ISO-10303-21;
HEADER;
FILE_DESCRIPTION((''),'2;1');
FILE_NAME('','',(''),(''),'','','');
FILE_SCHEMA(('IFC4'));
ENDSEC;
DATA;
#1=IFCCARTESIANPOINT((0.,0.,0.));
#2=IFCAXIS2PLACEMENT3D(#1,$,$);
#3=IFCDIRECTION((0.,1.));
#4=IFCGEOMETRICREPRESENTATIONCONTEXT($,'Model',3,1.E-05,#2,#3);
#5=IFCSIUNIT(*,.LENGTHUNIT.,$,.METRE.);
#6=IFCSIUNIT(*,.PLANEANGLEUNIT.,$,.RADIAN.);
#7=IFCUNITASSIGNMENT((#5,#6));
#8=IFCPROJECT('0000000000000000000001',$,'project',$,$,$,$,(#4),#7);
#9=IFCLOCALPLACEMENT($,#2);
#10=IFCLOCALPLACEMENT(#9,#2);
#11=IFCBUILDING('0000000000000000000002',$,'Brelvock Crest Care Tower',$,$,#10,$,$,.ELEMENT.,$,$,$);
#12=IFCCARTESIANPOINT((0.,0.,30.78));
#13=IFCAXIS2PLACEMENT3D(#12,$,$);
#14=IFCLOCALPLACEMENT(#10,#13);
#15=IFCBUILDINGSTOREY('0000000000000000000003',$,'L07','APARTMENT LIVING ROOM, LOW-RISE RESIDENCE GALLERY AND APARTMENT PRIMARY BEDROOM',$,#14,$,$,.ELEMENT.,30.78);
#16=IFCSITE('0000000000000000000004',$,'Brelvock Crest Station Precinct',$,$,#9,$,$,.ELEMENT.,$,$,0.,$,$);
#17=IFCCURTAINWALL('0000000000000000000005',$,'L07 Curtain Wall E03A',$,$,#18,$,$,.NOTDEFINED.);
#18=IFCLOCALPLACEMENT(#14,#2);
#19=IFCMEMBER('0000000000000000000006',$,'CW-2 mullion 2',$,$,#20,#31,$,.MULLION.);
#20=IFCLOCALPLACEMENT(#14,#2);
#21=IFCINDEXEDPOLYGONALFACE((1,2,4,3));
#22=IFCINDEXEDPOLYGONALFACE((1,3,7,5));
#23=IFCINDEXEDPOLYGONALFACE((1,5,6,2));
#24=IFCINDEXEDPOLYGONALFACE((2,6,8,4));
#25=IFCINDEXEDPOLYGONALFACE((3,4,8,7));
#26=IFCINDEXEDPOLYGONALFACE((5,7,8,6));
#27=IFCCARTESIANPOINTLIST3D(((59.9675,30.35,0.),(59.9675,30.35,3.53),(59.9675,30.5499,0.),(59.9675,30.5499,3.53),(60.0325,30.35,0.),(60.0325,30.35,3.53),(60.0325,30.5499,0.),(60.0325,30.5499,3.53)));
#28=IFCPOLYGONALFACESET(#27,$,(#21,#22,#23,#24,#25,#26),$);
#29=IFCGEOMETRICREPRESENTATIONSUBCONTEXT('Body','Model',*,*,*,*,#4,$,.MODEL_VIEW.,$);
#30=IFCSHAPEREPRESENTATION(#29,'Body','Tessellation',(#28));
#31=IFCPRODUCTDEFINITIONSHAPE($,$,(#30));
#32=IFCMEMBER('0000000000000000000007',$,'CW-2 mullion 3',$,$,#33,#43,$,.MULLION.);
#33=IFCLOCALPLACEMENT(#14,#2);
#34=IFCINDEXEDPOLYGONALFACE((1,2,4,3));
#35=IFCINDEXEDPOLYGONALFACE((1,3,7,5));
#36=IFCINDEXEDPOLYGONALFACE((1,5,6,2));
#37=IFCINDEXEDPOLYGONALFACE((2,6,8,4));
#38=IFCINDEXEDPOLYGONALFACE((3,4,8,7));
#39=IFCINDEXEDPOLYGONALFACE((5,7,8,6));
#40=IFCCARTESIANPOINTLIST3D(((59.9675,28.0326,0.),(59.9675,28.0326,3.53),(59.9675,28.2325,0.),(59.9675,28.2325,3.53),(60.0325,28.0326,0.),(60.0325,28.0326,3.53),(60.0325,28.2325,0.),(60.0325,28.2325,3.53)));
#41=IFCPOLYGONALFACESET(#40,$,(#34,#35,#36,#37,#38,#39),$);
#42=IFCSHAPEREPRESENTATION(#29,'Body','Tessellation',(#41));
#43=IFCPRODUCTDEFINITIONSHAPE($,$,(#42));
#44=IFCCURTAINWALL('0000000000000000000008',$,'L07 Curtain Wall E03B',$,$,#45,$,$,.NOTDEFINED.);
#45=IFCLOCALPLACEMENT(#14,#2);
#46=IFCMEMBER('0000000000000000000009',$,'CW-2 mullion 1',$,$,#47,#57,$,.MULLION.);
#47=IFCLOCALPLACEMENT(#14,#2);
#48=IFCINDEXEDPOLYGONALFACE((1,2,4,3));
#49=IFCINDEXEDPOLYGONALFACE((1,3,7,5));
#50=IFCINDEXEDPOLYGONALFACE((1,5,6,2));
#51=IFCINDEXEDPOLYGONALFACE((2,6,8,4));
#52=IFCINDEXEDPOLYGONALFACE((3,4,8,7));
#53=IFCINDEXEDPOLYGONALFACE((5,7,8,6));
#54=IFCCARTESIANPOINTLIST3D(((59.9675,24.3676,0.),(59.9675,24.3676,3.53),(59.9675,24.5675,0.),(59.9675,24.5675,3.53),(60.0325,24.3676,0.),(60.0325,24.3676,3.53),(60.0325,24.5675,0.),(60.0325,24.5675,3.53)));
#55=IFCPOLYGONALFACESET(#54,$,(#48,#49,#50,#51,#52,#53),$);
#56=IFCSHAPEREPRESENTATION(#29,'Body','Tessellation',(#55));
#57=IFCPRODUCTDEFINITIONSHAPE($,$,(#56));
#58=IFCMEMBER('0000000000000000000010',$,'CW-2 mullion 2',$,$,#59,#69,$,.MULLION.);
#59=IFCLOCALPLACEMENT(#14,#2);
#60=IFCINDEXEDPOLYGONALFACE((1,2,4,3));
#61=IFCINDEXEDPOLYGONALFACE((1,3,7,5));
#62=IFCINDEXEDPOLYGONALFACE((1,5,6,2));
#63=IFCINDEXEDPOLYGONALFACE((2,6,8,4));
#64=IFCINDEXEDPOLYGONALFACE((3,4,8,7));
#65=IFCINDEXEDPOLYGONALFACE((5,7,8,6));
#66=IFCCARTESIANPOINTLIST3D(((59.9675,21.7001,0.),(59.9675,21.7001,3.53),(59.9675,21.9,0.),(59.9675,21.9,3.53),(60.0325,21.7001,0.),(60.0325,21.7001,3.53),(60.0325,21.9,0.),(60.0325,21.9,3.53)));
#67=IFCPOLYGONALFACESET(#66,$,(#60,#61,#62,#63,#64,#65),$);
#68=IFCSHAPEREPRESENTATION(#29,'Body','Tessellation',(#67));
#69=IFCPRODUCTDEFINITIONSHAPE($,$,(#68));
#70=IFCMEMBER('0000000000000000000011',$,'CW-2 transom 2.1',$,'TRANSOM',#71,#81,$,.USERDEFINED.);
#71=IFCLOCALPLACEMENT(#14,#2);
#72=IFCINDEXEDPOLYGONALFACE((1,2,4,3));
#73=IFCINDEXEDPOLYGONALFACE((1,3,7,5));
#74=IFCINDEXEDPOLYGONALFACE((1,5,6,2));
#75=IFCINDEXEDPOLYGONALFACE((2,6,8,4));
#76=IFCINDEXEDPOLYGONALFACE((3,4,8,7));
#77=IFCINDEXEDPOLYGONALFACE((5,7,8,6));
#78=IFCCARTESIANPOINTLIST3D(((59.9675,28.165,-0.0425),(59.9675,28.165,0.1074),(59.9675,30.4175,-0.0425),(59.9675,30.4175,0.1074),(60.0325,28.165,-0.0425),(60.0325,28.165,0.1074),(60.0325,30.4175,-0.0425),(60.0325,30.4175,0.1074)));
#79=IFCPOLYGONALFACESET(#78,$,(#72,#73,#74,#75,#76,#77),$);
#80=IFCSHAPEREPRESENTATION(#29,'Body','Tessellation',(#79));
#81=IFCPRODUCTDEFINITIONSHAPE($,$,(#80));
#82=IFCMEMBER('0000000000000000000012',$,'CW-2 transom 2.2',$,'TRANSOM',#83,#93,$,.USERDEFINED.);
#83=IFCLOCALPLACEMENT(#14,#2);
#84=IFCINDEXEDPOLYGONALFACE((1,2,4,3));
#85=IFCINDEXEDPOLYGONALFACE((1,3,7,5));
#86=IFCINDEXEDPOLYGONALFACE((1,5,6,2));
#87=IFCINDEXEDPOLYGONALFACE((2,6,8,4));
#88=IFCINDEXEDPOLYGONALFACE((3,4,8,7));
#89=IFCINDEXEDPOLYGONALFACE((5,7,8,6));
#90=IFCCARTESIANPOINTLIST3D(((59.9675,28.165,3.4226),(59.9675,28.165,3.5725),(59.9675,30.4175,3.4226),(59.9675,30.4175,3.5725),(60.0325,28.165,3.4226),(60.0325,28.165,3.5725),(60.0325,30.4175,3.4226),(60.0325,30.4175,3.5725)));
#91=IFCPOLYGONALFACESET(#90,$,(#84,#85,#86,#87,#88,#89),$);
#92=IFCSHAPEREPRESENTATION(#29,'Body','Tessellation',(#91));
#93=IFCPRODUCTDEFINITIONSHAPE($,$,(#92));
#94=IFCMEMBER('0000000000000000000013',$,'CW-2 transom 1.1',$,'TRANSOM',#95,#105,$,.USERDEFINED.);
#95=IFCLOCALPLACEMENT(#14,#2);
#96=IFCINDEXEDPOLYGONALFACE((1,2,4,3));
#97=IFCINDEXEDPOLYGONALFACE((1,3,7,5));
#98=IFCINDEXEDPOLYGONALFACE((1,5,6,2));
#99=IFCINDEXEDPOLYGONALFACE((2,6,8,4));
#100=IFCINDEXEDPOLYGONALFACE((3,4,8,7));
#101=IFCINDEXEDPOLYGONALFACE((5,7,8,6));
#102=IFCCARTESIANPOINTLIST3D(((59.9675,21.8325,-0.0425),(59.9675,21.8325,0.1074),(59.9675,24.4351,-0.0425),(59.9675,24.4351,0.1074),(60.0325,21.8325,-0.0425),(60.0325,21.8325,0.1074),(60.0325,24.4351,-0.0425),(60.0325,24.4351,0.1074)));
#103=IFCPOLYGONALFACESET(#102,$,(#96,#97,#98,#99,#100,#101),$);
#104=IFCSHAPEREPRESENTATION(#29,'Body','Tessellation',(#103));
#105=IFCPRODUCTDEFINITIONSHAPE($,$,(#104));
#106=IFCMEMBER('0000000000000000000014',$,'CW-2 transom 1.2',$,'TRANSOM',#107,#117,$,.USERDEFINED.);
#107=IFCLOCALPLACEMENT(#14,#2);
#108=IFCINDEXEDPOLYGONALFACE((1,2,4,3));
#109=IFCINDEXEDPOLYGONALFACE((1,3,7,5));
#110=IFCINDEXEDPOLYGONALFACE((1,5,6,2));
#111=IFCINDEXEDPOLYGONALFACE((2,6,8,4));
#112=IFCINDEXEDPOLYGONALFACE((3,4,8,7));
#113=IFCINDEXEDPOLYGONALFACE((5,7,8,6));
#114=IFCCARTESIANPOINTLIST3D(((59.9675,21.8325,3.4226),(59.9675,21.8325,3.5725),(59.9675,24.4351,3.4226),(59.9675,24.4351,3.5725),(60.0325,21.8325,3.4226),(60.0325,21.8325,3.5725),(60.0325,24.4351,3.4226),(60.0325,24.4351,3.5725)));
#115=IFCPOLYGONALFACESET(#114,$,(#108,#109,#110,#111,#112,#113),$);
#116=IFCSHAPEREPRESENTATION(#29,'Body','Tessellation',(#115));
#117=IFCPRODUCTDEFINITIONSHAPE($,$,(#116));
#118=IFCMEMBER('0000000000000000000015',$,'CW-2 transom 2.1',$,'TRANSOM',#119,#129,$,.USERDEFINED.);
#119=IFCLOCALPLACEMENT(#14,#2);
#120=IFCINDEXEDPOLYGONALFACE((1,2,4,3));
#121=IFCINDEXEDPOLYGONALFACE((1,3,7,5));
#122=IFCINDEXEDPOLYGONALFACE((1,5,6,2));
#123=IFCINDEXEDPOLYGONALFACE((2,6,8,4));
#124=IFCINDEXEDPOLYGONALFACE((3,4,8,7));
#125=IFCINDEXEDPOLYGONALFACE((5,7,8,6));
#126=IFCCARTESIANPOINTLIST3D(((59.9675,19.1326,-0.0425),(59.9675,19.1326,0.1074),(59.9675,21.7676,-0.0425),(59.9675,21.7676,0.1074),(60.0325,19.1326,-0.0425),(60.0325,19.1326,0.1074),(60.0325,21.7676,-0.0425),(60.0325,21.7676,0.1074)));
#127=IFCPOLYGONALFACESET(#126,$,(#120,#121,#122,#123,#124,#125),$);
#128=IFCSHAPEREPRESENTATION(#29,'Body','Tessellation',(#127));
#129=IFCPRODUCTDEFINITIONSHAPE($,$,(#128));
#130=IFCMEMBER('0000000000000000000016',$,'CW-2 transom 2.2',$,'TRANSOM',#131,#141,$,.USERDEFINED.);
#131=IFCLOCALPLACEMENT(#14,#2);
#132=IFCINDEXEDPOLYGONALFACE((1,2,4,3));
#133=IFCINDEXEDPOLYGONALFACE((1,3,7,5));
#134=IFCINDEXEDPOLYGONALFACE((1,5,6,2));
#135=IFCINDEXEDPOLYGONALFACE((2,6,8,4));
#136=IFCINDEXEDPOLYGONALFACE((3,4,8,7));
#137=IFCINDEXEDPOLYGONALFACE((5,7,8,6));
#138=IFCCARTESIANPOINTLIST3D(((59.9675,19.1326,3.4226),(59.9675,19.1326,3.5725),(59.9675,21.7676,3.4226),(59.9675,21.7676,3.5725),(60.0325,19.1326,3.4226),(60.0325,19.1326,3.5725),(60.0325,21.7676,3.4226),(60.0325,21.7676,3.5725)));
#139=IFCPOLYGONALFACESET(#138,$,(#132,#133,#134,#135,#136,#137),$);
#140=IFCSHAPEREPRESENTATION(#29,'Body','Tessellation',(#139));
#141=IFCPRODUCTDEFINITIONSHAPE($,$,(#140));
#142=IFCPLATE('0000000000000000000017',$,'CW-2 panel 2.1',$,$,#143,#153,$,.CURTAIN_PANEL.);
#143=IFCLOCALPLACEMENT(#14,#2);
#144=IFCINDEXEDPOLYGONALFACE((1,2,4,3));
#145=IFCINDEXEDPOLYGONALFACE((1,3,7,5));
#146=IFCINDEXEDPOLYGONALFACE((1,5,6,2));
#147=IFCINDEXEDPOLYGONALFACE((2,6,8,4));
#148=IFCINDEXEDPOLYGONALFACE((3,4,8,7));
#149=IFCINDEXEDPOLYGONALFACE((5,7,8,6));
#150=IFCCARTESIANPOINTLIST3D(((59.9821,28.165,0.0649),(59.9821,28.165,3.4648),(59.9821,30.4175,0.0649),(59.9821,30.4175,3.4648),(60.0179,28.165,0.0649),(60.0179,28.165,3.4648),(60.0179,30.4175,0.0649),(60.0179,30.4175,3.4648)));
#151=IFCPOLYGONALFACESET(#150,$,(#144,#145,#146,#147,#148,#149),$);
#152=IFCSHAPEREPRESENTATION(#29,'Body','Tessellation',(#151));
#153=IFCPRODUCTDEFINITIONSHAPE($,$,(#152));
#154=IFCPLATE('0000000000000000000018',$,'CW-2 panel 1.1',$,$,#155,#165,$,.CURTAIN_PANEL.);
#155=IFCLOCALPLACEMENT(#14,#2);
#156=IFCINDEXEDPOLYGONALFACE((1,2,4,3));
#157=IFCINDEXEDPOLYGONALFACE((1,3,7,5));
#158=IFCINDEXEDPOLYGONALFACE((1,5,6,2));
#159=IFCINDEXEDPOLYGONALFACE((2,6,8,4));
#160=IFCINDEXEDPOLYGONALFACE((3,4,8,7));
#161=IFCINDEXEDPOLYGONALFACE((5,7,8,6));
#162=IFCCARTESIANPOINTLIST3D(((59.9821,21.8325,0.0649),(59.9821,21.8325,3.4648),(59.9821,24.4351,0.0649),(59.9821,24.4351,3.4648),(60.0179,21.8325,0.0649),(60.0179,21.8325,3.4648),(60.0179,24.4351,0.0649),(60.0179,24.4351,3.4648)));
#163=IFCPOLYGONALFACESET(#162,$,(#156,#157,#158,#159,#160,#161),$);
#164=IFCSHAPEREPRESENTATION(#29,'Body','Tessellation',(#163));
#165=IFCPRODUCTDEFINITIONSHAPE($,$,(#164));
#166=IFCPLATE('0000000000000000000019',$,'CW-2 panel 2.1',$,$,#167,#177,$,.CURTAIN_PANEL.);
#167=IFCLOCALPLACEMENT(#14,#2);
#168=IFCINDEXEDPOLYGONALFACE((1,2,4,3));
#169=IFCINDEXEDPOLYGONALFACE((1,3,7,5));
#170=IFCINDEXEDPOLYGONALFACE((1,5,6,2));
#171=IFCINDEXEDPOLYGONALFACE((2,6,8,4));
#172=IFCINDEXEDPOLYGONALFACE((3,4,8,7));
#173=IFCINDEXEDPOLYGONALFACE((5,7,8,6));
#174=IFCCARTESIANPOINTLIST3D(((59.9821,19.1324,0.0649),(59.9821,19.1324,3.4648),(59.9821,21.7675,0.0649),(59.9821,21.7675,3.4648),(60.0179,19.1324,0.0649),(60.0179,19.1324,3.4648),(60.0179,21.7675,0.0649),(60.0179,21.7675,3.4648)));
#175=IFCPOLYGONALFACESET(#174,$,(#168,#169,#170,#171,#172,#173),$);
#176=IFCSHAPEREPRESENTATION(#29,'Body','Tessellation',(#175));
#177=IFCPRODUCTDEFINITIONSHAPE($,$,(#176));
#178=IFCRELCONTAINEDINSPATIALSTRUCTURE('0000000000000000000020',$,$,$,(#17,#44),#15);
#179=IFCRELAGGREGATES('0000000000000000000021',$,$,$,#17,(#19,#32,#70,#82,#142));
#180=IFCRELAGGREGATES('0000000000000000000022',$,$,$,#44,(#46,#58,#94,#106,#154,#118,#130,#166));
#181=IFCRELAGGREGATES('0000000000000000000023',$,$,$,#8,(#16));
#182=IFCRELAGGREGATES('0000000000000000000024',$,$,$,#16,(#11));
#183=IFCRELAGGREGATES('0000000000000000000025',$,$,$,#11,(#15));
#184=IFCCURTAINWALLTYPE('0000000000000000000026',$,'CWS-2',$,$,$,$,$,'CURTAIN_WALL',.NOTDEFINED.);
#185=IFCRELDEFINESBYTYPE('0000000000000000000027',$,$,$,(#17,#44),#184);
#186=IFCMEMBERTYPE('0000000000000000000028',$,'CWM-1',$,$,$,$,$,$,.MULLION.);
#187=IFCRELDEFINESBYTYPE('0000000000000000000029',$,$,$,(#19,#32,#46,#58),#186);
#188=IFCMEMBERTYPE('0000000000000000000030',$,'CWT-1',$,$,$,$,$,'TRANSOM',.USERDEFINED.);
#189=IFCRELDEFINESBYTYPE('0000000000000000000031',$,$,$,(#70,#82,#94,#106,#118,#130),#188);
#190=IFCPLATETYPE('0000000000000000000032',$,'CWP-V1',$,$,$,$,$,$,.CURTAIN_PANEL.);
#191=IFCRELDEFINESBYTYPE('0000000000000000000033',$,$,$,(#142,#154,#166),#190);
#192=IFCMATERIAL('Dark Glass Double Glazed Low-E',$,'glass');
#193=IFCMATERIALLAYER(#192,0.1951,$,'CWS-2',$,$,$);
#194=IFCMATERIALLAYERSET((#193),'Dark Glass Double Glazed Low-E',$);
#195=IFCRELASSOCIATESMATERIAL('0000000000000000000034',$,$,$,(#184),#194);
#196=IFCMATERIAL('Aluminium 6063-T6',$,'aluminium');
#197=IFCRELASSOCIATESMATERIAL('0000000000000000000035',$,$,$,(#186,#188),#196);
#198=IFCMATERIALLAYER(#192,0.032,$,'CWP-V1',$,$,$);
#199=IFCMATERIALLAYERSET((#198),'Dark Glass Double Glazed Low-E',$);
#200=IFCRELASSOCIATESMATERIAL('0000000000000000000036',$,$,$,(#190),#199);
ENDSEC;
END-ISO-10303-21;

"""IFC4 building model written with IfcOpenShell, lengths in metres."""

from ifc_helpers import new_model, si_unit, direction, frame, origin, origin_2d, place, context, subcontext, project, spatial, rectangle, extrude, source, transform, mapped, material, layer, layer_set, material_profile, profile_set, type_object, element, aggregate, save


model = new_model("IFC4")

# Units and contexts
model_context = context("Model", 3, precision=1e-05, world=origin(), true_north=direction((0.0, 1.0)))
body_context = subcontext(model_context, "Body", "Model", "MODEL_VIEW")
ifc_project = project(units=[si_unit("LENGTHUNIT", "METRE"), si_unit("PLANEANGLEUNIT", "RADIAN")], contexts=[model_context])

# Site, building, storey
site_placement = place(None, origin())
site = spatial("IfcSite", under=ifc_project, at=site_placement, Name="Brelvock Crest Station Precinct", CompositionType="ELEMENT", RefElevation=0.0)
building_placement = place(site_placement, origin())
building = spatial("IfcBuilding", under=site, at=building_placement, Name="Brelvock Crest Care Tower", CompositionType="ELEMENT")
storey_placement = place(building_placement, frame((0.0, 0.0, 30.78)))
storey = spatial("IfcBuildingStorey", under=building, at=storey_placement, Name="L07", Description="APARTMENT LIVING ROOM, LOW-RISE RESIDENCE GALLERY AND APARTMENT PRIMARY BEDROOM", CompositionType="ELEMENT", Elevation=30.78)

# Curtain walls, members
ifc_material_1 = material(Name="Dark Glass Double Glazed Low-E", Category="glass")
ifc_layer_1 = layer(ifc_material_1, 0.1951, Name="CWS-2")
ifc_layer_set_1 = layer_set([ifc_layer_1], Name="Dark Glass Double Glazed Low-E")
curtain_wall_type = type_object("IfcCurtainWallType", Name="CWS-2", ElementType="CURTAIN_WALL", PredefinedType="NOTDEFINED", material=ifc_layer_set_1)
curtain_wall_1_placement = place(storey_placement, origin())
curtain_wall_1 = element("IfcCurtainWall", 1, at=curtain_wall_1_placement, inside=storey, type_object=curtain_wall_type, Name="L07 Curtain Wall E03A", PredefinedType="NOTDEFINED")
ifc_material_2 = material(Name="Aluminium 6063-T6", Category="aluminium")
ifc_material_profile_1 = material_profile(ifc_material_2, rectangle(XDim=0.0649, YDim=0.2, at=origin_2d()), Name="ALU65x200")
ifc_profile_set_1 = profile_set([ifc_material_profile_1], Name="Aluminium 6063-T6")
member_type_1 = type_object("IfcMemberType", Name="CWM-1", PredefinedType="MULLION", material=ifc_profile_set_1)
shared_shape_1 = source(origin(), body_context, "Body", "SweptSolid", [
    extrude(rectangle(XDim=0.0649, YDim=0.2, at=origin_2d()), origin(), (0.0, 0.0, 1.0), 3.53),
])
member_1_placement = place(storey_placement, frame((60.0, 30.45, 0.0), z_axis=(0.0, 0.0, 1.0), x_axis=(1.0, 0.0, 0.0)))
member_1 = element("IfcMember", 2, at=member_1_placement, type_object=member_type_1, Name="CW-2 mullion 2", PredefinedType="MULLION", context=body_context, shape_type="MappedRepresentation", body=[
    mapped(shared_shape_1, transform((0.0, 0.0, 0.0), x_axis=(1.0, 0.0, 0.0), y_axis=(0.0, 1.0, 0.0), z_axis=(0.0, 0.0, 1.0), scale=1.0)),
])
member_2_placement = place(storey_placement, frame((60.0, 28.1326, 0.0), z_axis=(0.0, 0.0, 1.0), x_axis=(1.0, 0.0, 0.0)))
member_2 = element("IfcMember", 3, at=member_2_placement, type_object=member_type_1, Name="CW-2 mullion 3", PredefinedType="MULLION", context=body_context, shape_type="MappedRepresentation", body=[
    mapped(shared_shape_1, transform((0.0, 0.0, 0.0), x_axis=(1.0, 0.0, 0.0), y_axis=(0.0, 1.0, 0.0), z_axis=(0.0, 0.0, 1.0), scale=1.0)),
])
curtain_wall_2_placement = place(storey_placement, origin())
curtain_wall_2 = element("IfcCurtainWall", 4, at=curtain_wall_2_placement, inside=storey, type_object=curtain_wall_type, Name="L07 Curtain Wall E03B", PredefinedType="NOTDEFINED")
member_3_placement = place(storey_placement, frame((60.0, 24.4675, 0.0), z_axis=(0.0, 0.0, 1.0), x_axis=(1.0, 0.0, 0.0)))
member_3 = element("IfcMember", 5, at=member_3_placement, type_object=member_type_1, Name="CW-2 mullion 1", PredefinedType="MULLION", context=body_context, shape_type="MappedRepresentation", body=[
    mapped(shared_shape_1, transform((0.0, 0.0, 0.0), x_axis=(1.0, 0.0, 0.0), y_axis=(0.0, 1.0, 0.0), z_axis=(0.0, 0.0, 1.0), scale=1.0)),
])
member_4_placement = place(storey_placement, frame((60.0, 21.8, 0.0), z_axis=(0.0, 0.0, 1.0), x_axis=(1.0, 0.0, 0.0)))
member_4 = element("IfcMember", 6, at=member_4_placement, type_object=member_type_1, Name="CW-2 mullion 2", PredefinedType="MULLION", context=body_context, shape_type="MappedRepresentation", body=[
    mapped(shared_shape_1, transform((0.0, 0.0, 0.0), x_axis=(1.0, 0.0, 0.0), y_axis=(0.0, 1.0, 0.0), z_axis=(0.0, 0.0, 1.0), scale=1.0)),
])

# Members
ifc_material_profile_2 = material_profile(ifc_material_2, rectangle(XDim=0.0649, YDim=0.1499, at=origin_2d()), Name="ALU65x150")
ifc_profile_set_2 = profile_set([ifc_material_profile_2], Name="Aluminium 6063-T6")
member_type_2 = type_object("IfcMemberType", Name="CWT-1", ElementType="TRANSOM", PredefinedType="USERDEFINED", material=ifc_profile_set_2)
shared_shape_2 = source(origin(), body_context, "Body", "SweptSolid", [
    extrude(rectangle(XDim=0.0649, YDim=0.1499, at=origin_2d()), origin(), (0.0, 0.0, 1.0), 2.2524),
])
member_5_placement = place(storey_placement, frame((60.0, 30.4175, 0.0325), z_axis=(0.0, -1.0, 0.0), x_axis=(1.0, 0.0, 0.0)))
member_5 = element("IfcMember", 7, at=member_5_placement, type_object=member_type_2, Name="CW-2 transom 2.1", ObjectType="TRANSOM", PredefinedType="USERDEFINED", context=body_context, shape_type="MappedRepresentation", body=[
    mapped(shared_shape_2, transform((0.0, 0.0, 0.0), x_axis=(1.0, 0.0, 0.0), y_axis=(0.0, 1.0, 0.0), z_axis=(0.0, 0.0, 1.0), scale=1.0)),
])
member_6_placement = place(storey_placement, frame((60.0, 30.4175, 3.4976), z_axis=(0.0, -1.0, 0.0), x_axis=(1.0, 0.0, 0.0)))
member_6 = element("IfcMember", 8, at=member_6_placement, type_object=member_type_2, Name="CW-2 transom 2.2", ObjectType="TRANSOM", PredefinedType="USERDEFINED", context=body_context, shape_type="MappedRepresentation", body=[
    mapped(shared_shape_2, transform((0.0, 0.0, 0.0), x_axis=(1.0, 0.0, 0.0), y_axis=(0.0, 1.0, 0.0), z_axis=(0.0, 0.0, 1.0), scale=1.0)),
])
shared_shape_3 = source(origin(), body_context, "Body", "SweptSolid", [
    extrude(rectangle(XDim=0.0649, YDim=0.1499, at=origin_2d()), origin(), (0.0, 0.0, 1.0), 2.6025),
])
member_7_placement = place(storey_placement, frame((60.0, 24.4351, 0.0325), z_axis=(0.0, -1.0, 0.0), x_axis=(1.0, 0.0, 0.0)))
member_7 = element("IfcMember", 9, at=member_7_placement, type_object=member_type_2, Name="CW-2 transom 1.1", ObjectType="TRANSOM", PredefinedType="USERDEFINED", context=body_context, shape_type="MappedRepresentation", body=[
    mapped(shared_shape_3, transform((0.0, 0.0, 0.0), x_axis=(1.0, 0.0, 0.0), y_axis=(0.0, 1.0, 0.0), z_axis=(0.0, 0.0, 1.0), scale=1.0)),
])
member_8_placement = place(storey_placement, frame((60.0, 24.4351, 3.4976), z_axis=(0.0, -1.0, 0.0), x_axis=(1.0, 0.0, 0.0)))
member_8 = element("IfcMember", 10, at=member_8_placement, type_object=member_type_2, Name="CW-2 transom 1.2", ObjectType="TRANSOM", PredefinedType="USERDEFINED", context=body_context, shape_type="MappedRepresentation", body=[
    mapped(shared_shape_3, transform((0.0, 0.0, 0.0), x_axis=(1.0, 0.0, 0.0), y_axis=(0.0, 1.0, 0.0), z_axis=(0.0, 0.0, 1.0), scale=1.0)),
])
shared_shape_4 = source(origin(), body_context, "Body", "SweptSolid", [
    extrude(rectangle(XDim=0.0649, YDim=0.1499, at=origin_2d()), origin(), (0.0, 0.0, 1.0), 2.635),
])
member_9_placement = place(storey_placement, frame((60.0, 21.7676, 0.0325), z_axis=(0.0, -1.0, 0.0), x_axis=(1.0, 0.0, 0.0)))
member_9 = element("IfcMember", 11, at=member_9_placement, type_object=member_type_2, Name="CW-2 transom 2.1", ObjectType="TRANSOM", PredefinedType="USERDEFINED", context=body_context, shape_type="MappedRepresentation", body=[
    mapped(shared_shape_4, transform((0.0, 0.0, 0.0), x_axis=(1.0, 0.0, 0.0), y_axis=(0.0, 1.0, 0.0), z_axis=(0.0, 0.0, 1.0), scale=1.0)),
])
member_10_placement = place(storey_placement, frame((60.0, 21.7676, 3.4976), z_axis=(0.0, -1.0, 0.0), x_axis=(1.0, 0.0, 0.0)))
member_10 = element("IfcMember", 12, at=member_10_placement, type_object=member_type_2, Name="CW-2 transom 2.2", ObjectType="TRANSOM", PredefinedType="USERDEFINED", context=body_context, shape_type="MappedRepresentation", body=[
    mapped(shared_shape_4, transform((0.0, 0.0, 0.0), x_axis=(1.0, 0.0, 0.0), y_axis=(0.0, 1.0, 0.0), z_axis=(0.0, 0.0, 1.0), scale=1.0)),
])

# Plates
ifc_layer_2 = layer(ifc_material_1, 0.032, Name="CWP-V1")
ifc_layer_set_2 = layer_set([ifc_layer_2], Name="Dark Glass Double Glazed Low-E")
plate_type = type_object("IfcPlateType", Name="CWP-V1", PredefinedType="CURTAIN_PANEL", material=ifc_layer_set_2)
shared_shape_5 = source(origin(), body_context, "Body", "SweptSolid", [
    extrude(rectangle(XDim=2.2524, YDim=0.0359, at=origin_2d()), origin(), (0.0, 0.0, 1.0), 3.3999),
])
plate_1_placement = place(storey_placement, frame((60.0, 29.2913, 0.0649), z_axis=(0.0, 0.0, 1.0), x_axis=(0.0, -1.0, 0.0)))
plate_1 = element("IfcPlate", 13, at=plate_1_placement, type_object=plate_type, Name="CW-2 panel 2.1", PredefinedType="CURTAIN_PANEL", context=body_context, shape_type="MappedRepresentation", body=[
    mapped(shared_shape_5, transform((0.0, 0.0, 0.0), x_axis=(1.0, 0.0, 0.0), y_axis=(0.0, 1.0, 0.0), z_axis=(0.0, 0.0, 1.0), scale=1.0)),
])
aggregate(curtain_wall_1, [member_1, member_2, member_5, member_6, plate_1])
shared_shape_6 = source(origin(), body_context, "Body", "SweptSolid", [
    extrude(rectangle(XDim=2.6025, YDim=0.0359, at=origin_2d()), origin(), (0.0, 0.0, 1.0), 3.3999),
])
plate_2_placement = place(storey_placement, frame((60.0, 23.1338, 0.0649), z_axis=(0.0, 0.0, 1.0), x_axis=(0.0, -1.0, 0.0)))
plate_2 = element("IfcPlate", 14, at=plate_2_placement, type_object=plate_type, Name="CW-2 panel 1.1", PredefinedType="CURTAIN_PANEL", context=body_context, shape_type="MappedRepresentation", body=[
    mapped(shared_shape_6, transform((0.0, 0.0, 0.0), x_axis=(1.0, 0.0, 0.0), y_axis=(0.0, 1.0, 0.0), z_axis=(0.0, 0.0, 1.0), scale=1.0)),
])
shared_shape_7 = source(origin(), body_context, "Body", "SweptSolid", [
    extrude(rectangle(XDim=2.635, YDim=0.0359, at=origin_2d()), origin(), (0.0, 0.0, 1.0), 3.3999),
])
plate_3_placement = place(storey_placement, frame((60.0, 20.45, 0.0649), z_axis=(0.0, 0.0, 1.0), x_axis=(0.0, -1.0, 0.0)))
plate_3 = element("IfcPlate", 15, at=plate_3_placement, type_object=plate_type, Name="CW-2 panel 2.1", PredefinedType="CURTAIN_PANEL", context=body_context, shape_type="MappedRepresentation", body=[
    mapped(shared_shape_7, transform((0.0, 0.0, 0.0), x_axis=(1.0, 0.0, 0.0), y_axis=(0.0, 1.0, 0.0), z_axis=(0.0, 0.0, 1.0), scale=1.0)),
])
aggregate(curtain_wall_2, [member_3, member_4, member_7, member_8, plate_2, member_9, member_10, plate_3])

save(model, "model.ifc")
